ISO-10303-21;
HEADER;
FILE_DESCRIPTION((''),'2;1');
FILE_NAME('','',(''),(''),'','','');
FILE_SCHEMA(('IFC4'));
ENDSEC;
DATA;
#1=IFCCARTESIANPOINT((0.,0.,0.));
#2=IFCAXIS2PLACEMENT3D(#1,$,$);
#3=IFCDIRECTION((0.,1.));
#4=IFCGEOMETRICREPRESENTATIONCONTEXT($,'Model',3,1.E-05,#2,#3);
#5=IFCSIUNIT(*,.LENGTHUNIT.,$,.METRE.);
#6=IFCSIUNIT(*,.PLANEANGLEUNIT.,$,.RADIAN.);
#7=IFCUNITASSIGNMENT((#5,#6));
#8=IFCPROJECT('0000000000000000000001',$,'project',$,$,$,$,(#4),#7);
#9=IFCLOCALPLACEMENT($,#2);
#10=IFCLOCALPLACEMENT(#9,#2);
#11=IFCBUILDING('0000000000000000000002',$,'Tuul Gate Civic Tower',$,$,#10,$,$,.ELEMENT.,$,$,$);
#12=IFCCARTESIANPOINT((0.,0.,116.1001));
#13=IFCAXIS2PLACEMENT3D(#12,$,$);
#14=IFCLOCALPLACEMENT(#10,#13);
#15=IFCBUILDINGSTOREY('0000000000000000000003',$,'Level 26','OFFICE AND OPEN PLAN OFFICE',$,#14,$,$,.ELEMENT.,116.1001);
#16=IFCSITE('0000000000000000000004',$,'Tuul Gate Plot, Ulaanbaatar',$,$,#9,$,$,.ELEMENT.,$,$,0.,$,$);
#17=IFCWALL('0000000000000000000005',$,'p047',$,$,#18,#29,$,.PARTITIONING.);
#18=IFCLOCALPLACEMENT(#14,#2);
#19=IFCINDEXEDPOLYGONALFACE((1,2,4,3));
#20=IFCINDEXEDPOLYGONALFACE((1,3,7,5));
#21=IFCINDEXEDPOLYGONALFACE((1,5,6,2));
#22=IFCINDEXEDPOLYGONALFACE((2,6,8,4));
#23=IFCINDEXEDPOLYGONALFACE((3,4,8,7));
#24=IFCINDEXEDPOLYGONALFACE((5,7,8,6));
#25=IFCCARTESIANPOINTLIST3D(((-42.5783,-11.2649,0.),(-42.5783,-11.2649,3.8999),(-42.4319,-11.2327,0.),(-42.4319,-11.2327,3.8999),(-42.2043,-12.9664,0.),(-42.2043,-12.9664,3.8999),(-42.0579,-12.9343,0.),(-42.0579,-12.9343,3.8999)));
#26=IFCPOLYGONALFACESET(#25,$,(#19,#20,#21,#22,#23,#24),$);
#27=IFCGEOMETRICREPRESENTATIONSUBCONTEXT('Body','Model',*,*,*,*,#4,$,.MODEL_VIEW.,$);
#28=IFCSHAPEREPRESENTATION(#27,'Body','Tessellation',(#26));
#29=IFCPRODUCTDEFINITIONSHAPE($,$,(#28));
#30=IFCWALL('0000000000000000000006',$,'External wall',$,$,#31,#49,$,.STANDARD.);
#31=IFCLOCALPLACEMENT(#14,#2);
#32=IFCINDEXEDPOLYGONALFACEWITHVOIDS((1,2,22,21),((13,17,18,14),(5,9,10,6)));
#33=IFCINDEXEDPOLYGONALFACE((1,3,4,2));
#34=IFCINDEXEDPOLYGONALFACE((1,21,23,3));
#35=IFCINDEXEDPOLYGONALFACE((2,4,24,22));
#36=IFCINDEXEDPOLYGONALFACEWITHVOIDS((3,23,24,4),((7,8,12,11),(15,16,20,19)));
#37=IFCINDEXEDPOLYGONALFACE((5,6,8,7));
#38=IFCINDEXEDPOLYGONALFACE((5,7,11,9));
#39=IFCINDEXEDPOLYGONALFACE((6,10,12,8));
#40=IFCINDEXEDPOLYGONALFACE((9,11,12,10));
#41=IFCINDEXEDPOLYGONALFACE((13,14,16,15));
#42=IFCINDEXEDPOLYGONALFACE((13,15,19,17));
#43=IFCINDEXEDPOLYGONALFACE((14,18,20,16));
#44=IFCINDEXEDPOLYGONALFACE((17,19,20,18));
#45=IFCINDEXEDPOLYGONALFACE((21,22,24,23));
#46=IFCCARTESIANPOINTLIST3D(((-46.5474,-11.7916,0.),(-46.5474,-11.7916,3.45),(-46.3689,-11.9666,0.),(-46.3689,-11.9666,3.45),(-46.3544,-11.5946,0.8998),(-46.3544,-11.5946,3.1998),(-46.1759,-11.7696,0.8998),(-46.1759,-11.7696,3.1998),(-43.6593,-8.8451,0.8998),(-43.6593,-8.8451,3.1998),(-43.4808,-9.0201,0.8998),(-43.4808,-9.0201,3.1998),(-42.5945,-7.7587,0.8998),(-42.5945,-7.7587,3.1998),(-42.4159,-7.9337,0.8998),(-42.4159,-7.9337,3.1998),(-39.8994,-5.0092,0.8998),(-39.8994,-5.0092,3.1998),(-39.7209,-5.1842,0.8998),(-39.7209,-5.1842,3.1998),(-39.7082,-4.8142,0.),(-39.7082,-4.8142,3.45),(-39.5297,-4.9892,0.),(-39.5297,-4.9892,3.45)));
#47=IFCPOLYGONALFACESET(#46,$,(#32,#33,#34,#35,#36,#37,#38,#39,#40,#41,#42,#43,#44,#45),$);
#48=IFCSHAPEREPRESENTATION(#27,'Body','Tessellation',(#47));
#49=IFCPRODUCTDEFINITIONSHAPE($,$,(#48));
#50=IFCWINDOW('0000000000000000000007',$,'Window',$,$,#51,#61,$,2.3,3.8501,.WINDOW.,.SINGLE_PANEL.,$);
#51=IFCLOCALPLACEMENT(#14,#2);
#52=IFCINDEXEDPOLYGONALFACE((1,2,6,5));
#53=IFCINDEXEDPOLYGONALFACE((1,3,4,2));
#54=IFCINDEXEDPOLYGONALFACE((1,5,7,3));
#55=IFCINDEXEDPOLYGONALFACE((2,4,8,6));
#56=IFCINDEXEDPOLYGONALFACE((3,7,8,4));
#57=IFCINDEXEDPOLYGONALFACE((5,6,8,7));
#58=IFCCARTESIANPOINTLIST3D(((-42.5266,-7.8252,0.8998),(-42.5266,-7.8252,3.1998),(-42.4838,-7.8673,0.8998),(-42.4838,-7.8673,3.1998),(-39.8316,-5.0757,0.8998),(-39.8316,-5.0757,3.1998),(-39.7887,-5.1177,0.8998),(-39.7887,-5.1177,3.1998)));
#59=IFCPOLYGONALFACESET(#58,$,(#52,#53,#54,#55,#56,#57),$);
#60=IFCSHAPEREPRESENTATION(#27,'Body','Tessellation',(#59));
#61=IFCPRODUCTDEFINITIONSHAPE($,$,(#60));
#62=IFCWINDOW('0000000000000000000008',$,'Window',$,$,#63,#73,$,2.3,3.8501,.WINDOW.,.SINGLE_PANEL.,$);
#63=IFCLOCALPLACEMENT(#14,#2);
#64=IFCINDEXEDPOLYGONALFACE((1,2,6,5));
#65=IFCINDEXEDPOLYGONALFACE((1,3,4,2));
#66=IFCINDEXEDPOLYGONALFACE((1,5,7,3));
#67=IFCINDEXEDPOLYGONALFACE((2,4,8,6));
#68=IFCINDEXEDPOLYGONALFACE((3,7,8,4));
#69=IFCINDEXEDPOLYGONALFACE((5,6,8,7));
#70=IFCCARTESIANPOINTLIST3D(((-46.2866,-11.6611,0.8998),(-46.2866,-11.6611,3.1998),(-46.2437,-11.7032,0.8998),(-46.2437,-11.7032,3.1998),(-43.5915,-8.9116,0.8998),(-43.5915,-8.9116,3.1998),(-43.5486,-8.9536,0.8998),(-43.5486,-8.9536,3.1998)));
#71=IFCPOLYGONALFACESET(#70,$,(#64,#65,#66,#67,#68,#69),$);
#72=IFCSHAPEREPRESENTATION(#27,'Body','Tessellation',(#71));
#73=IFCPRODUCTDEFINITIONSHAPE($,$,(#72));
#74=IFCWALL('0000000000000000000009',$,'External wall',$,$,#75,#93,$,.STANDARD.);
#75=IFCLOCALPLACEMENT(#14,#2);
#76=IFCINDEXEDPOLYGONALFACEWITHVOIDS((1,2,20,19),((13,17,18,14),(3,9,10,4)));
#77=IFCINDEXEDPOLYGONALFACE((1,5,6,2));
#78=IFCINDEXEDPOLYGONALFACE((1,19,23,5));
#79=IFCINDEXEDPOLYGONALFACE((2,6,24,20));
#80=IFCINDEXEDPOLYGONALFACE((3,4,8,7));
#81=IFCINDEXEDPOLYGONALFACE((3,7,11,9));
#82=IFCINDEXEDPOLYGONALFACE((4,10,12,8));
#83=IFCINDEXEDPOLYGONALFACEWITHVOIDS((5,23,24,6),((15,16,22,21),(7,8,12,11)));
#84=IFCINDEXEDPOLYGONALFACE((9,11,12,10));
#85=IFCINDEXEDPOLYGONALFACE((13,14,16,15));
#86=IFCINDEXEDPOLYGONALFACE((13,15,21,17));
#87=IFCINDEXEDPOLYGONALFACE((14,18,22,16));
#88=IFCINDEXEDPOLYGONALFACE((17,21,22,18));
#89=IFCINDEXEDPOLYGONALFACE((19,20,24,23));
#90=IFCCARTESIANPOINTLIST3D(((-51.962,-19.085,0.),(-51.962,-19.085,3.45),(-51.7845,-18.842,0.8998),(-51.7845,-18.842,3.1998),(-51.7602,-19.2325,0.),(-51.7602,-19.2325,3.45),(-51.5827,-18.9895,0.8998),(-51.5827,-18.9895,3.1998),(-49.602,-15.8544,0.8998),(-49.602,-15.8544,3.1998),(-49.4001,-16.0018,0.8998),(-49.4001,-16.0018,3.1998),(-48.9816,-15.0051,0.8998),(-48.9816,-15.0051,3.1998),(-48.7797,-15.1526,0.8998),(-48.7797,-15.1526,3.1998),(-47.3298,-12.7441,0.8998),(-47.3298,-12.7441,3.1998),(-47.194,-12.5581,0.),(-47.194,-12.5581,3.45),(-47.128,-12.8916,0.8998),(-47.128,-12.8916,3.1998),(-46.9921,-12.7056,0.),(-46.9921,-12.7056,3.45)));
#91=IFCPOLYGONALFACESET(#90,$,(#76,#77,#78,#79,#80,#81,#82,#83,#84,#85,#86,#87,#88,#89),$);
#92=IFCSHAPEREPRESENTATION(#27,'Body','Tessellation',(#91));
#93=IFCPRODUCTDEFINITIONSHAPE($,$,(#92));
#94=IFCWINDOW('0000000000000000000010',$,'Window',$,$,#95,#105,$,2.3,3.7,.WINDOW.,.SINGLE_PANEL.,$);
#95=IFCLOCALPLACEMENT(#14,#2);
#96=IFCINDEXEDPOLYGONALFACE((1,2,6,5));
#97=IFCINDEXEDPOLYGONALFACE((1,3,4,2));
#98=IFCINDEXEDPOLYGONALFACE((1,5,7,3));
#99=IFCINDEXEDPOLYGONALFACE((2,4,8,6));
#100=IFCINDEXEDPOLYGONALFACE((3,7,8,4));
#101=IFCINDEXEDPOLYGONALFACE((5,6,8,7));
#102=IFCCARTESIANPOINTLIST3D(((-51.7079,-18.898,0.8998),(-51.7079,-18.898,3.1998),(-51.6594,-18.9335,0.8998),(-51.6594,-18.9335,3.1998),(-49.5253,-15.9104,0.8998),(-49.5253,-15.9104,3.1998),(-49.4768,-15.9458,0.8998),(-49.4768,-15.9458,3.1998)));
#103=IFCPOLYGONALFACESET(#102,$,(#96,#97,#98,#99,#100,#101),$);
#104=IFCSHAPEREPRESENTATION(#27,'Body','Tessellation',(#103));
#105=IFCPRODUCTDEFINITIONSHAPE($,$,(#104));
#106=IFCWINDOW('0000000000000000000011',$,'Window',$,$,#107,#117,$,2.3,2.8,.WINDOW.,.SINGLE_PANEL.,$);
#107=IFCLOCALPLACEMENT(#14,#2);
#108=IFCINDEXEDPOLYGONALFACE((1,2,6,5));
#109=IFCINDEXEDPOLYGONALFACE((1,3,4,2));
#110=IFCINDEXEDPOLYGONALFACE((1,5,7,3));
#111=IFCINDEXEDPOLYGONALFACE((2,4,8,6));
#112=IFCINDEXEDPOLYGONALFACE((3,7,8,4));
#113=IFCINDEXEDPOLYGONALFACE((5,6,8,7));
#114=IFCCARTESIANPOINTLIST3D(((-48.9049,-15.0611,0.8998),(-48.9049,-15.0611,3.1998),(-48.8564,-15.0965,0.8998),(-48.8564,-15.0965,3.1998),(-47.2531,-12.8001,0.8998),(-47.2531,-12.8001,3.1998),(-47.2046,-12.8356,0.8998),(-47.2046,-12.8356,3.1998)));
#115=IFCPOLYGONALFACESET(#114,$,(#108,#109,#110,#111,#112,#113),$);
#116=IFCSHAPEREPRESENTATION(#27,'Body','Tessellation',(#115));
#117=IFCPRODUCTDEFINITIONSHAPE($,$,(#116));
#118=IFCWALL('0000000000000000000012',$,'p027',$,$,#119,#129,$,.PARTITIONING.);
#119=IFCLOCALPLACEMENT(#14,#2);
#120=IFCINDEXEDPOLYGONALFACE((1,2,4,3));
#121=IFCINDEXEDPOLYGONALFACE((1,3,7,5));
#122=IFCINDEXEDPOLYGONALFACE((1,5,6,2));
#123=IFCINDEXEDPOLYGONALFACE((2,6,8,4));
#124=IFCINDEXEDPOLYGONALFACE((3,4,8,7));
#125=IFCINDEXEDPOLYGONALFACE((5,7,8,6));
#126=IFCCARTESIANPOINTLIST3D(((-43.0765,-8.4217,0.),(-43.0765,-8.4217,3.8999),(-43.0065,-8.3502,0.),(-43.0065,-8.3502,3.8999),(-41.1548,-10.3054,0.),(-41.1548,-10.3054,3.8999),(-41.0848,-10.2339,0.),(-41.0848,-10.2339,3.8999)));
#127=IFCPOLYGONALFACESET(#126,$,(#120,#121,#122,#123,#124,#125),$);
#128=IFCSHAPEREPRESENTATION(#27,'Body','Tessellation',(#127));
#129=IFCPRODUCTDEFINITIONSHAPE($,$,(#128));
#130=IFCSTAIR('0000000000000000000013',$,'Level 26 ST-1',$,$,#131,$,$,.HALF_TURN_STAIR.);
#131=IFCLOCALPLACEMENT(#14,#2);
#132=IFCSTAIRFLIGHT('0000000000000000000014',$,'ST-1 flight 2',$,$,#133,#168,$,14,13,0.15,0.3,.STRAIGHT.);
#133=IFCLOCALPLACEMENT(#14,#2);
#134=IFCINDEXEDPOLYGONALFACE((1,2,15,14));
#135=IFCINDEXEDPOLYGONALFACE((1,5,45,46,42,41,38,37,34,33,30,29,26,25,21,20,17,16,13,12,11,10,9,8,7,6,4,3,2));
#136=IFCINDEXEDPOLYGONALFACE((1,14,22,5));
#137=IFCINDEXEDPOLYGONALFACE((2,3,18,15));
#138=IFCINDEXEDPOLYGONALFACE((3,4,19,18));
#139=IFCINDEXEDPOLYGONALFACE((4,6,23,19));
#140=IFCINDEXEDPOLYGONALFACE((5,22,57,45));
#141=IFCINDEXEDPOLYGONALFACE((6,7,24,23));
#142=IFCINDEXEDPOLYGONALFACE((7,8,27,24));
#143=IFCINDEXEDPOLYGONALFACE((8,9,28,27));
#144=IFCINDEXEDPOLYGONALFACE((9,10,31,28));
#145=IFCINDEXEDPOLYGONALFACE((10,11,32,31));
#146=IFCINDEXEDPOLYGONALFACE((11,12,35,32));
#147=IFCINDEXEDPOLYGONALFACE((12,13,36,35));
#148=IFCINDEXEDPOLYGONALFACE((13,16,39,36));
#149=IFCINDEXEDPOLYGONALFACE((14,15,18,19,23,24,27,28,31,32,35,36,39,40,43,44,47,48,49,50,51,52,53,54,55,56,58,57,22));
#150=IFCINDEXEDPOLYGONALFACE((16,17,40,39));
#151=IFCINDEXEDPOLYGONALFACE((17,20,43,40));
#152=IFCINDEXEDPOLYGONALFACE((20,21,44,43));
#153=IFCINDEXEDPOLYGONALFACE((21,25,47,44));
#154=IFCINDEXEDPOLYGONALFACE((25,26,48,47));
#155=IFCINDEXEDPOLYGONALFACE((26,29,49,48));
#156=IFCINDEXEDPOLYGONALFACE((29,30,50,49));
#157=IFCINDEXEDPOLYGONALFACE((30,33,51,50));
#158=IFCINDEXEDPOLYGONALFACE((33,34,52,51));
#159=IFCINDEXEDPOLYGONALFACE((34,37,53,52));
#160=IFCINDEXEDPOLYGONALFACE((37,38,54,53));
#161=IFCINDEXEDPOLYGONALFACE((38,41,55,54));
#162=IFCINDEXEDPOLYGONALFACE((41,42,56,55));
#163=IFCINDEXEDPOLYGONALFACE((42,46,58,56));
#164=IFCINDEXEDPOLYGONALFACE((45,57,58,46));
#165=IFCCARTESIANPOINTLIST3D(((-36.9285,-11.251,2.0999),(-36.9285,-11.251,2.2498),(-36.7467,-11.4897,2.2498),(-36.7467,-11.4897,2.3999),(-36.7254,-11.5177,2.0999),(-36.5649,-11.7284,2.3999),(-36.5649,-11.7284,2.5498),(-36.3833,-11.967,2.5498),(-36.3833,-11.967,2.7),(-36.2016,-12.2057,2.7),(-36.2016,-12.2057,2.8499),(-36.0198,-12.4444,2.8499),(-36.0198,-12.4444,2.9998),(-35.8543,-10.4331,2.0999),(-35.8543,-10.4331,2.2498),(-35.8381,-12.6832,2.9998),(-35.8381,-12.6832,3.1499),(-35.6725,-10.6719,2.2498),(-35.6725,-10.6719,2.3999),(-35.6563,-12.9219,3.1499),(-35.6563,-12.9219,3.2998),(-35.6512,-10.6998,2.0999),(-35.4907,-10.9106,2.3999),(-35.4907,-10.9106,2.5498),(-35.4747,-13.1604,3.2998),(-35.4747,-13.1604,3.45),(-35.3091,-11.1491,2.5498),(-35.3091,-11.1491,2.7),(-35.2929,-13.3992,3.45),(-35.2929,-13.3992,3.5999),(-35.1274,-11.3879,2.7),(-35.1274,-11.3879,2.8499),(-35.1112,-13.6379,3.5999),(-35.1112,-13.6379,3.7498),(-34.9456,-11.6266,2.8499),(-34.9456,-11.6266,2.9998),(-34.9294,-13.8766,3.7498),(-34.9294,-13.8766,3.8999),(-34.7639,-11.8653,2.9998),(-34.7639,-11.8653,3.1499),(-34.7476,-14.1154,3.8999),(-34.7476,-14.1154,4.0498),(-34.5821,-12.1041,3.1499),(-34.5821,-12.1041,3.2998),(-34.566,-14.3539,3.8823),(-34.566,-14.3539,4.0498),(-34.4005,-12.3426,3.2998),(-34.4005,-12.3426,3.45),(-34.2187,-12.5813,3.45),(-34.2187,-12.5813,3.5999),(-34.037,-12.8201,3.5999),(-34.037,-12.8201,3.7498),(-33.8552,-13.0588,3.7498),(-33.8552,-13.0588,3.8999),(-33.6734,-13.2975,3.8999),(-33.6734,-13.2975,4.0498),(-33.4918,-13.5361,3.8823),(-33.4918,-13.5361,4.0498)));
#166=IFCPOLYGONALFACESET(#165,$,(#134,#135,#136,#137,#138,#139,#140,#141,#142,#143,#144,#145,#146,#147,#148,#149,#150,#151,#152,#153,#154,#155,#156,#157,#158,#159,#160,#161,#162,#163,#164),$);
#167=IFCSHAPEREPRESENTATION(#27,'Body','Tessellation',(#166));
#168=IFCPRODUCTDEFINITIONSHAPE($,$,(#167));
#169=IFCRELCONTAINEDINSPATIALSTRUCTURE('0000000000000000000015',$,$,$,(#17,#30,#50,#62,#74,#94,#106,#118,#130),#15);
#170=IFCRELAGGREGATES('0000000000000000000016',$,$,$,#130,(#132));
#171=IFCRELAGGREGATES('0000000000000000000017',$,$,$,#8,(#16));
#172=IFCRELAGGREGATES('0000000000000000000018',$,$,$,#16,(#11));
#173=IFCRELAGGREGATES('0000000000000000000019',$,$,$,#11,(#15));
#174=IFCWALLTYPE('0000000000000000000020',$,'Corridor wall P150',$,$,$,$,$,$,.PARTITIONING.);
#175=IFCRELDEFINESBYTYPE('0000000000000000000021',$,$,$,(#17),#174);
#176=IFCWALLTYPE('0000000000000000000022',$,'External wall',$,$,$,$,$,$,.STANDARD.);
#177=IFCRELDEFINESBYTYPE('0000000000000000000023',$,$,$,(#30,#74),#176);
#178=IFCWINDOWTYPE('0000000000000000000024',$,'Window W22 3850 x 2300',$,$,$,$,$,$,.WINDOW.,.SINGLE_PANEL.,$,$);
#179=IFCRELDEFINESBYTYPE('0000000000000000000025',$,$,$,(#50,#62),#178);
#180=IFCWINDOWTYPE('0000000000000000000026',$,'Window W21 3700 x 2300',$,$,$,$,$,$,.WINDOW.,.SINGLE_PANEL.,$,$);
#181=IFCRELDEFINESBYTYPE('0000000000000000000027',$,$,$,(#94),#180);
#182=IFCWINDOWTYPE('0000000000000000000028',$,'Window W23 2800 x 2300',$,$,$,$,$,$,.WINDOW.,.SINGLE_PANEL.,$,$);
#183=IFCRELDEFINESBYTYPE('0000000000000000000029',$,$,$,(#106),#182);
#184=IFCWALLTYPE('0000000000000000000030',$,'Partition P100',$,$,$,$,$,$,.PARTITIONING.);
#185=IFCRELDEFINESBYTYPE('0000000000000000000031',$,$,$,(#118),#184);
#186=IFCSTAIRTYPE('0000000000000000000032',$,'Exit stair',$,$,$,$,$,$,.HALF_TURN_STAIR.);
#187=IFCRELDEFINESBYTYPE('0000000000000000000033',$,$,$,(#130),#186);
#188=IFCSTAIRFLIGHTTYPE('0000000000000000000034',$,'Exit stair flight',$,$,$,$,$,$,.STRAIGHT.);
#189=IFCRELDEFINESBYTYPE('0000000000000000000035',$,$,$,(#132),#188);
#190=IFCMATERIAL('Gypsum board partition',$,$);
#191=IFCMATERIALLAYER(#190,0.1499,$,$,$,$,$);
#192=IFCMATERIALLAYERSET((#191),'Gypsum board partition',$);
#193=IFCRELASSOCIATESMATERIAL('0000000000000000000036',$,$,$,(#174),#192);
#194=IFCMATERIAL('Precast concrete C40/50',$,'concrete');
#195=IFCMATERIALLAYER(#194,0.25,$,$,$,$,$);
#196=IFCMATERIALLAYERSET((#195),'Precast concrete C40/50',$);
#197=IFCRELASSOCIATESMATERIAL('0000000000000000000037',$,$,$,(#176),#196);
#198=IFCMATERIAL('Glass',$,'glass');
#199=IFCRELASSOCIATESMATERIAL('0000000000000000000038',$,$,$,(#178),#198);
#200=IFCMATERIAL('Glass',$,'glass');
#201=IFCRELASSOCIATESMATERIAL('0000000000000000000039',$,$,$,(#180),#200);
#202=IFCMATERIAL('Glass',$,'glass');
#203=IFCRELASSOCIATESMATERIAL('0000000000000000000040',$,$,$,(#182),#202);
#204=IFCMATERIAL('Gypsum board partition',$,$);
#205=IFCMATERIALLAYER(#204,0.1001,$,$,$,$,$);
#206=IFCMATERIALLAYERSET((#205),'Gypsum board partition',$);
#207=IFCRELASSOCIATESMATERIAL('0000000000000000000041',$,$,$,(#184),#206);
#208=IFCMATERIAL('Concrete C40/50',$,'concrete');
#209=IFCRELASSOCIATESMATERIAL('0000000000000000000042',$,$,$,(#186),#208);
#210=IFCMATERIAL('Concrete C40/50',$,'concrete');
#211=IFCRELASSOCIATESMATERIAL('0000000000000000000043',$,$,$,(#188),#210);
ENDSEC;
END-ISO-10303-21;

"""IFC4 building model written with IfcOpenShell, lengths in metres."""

from ifc_helpers import new_model, si_unit, direction, frame, frame_2d, origin, place, context, subcontext, project, spatial, polyline, rectangle, outline, extrude, material, layer, layer_set, type_object, element, fill, aggregate, save


model = new_model("IFC4")

# Units and contexts
model_context = context("Model", 3, precision=1e-05, world=origin(), true_north=direction((0.0, 1.0)))
body_context = subcontext(model_context, "Body", "Model", "MODEL_VIEW")
ifc_project = project(units=[si_unit("LENGTHUNIT", "METRE"), si_unit("PLANEANGLEUNIT", "RADIAN")], contexts=[model_context])

# Site, building, storey
site_placement = place(None, origin())
site = spatial("IfcSite", under=ifc_project, at=site_placement, Name="Tuul Gate Plot, Ulaanbaatar", CompositionType="ELEMENT", RefElevation=0.0)
building_placement = place(site_placement, origin())
building = spatial("IfcBuilding", under=site, at=building_placement, Name="Tuul Gate Civic Tower", CompositionType="ELEMENT")
storey_placement = place(building_placement, frame((0.0, 0.0, 116.1001)))
storey = spatial("IfcBuildingStorey", under=building, at=storey_placement, Name="Level 26", Description="OFFICE AND OPEN PLAN OFFICE", CompositionType="ELEMENT", Elevation=116.1001)

# Wall
ifc_material_1 = material(Name="Gypsum board partition")
ifc_layer_1 = layer(ifc_material_1, 0.1499)
ifc_layer_set_1 = layer_set([ifc_layer_1], Name="Gypsum board partition")
wall_type_1 = type_object("IfcWallType", Name="Corridor wall P150", PredefinedType="PARTITIONING", material=ifc_layer_set_1)
wall_1_placement = place(storey_placement, frame((-42.5051, -11.2488, 0.0), z_axis=(0.0, 0.0, 1.0), x_axis=(0.214675, -0.976686, 0.0)))
element("IfcWall", 1, at=wall_1_placement, inside=storey, type_object=wall_type_1, Name="p047", PredefinedType="PARTITIONING", context=body_context, shape_type="SweptSolid", body=[
    extrude(rectangle(XDim=1.7422, YDim=0.1499, at=frame_2d((0.8711, 0.0))), origin(), (0.0, 0.0, 1.0), 3.8999),
])

# Walls, openings, windows
ifc_material_2 = material(Name="Precast concrete C40/50", Category="concrete")
ifc_layer_2 = layer(ifc_material_2, 0.25)
ifc_layer_set_2 = layer_set([ifc_layer_2], Name="Precast concrete C40/50")
wall_type_2 = type_object("IfcWallType", Name="External wall", PredefinedType="STANDARD", material=ifc_layer_set_2)
wall_2_placement = place(storey_placement, frame((-39.6189, -4.9016, 0.0), z_axis=(0.0, 0.0, 1.0), x_axis=(-0.7, -0.714143, 0.0)))
wall_2 = element("IfcWall", 2, at=wall_2_placement, inside=storey, type_object=wall_type_2, Name="External wall", PredefinedType="STANDARD", context=body_context, shape_type="SweptSolid", body=[
    extrude(rectangle(XDim=9.7703, YDim=0.25, at=frame_2d((4.8853, 0.0))), origin(), (0.0, 0.0, 1.0), 3.45),
])
opening_1_placement = place(wall_2_placement, frame((0.2732, 0.0, 0.8999)))
opening_1 = element("IfcOpeningElement", 3, at=opening_1_placement, cuts=wall_2, PredefinedType="OPENING", context=body_context, shape_type="SweptSolid", body=[
    extrude(rectangle(XDim=3.8501, YDim=2.3, at=frame_2d((1.925, 1.1499))), frame((0.0, 0.135, 0.0), z_axis=(0.0, -1.0, 0.0), x_axis=(1.0, 0.0, 0.0)), (0.0, 0.0, 1.0), 0.27),
])
opening_2_placement = place(wall_2_placement, frame((5.6445, 0.0, 0.8999)))
opening_2 = element("IfcOpeningElement", 4, at=opening_2_placement, cuts=wall_2, PredefinedType="OPENING", context=body_context, shape_type="SweptSolid", body=[
    extrude(rectangle(XDim=3.8501, YDim=2.3, at=frame_2d((1.925, 1.1499))), frame((0.0, 0.135, 0.0), z_axis=(0.0, -1.0, 0.0), x_axis=(1.0, 0.0, 0.0)), (0.0, 0.0, 1.0), 0.27),
])
ifc_material_3 = material(Name="Glass", Category="glass")
window_type_1 = type_object("IfcWindowType", Name="Window W22 3850 x 2300", PartitioningType="SINGLE_PANEL", PredefinedType="WINDOW", material=ifc_material_3)
window_1_placement = place(opening_1_placement, origin())
window_1 = element("IfcWindow", 5, at=window_1_placement, inside=storey, type_object=window_type_1, Name="Window", OverallHeight=2.3, OverallWidth=3.8501, PartitioningType="SINGLE_PANEL", PredefinedType="WINDOW", context=body_context, shape_type="SweptSolid", body=[
    extrude(rectangle(XDim=3.8501, YDim=2.3, at=frame_2d((1.925, 1.1499))), frame((0.0, 0.03, 0.0), z_axis=(0.0, -1.0, 0.0), x_axis=(1.0, 0.0, 0.0)), (0.0, 0.0, 1.0), 0.0601),
])
fill(opening_1, window_1)
window_2_placement = place(opening_2_placement, origin())
window_2 = element("IfcWindow", 6, at=window_2_placement, inside=storey, type_object=window_type_1, Name="Window", OverallHeight=2.3, OverallWidth=3.8501, PartitioningType="SINGLE_PANEL", PredefinedType="WINDOW", context=body_context, shape_type="SweptSolid", body=[
    extrude(rectangle(XDim=3.8501, YDim=2.3, at=frame_2d((1.925, 1.1499))), frame((0.0, 0.03, 0.0), z_axis=(0.0, -1.0, 0.0), x_axis=(1.0, 0.0, 0.0)), (0.0, 0.0, 1.0), 0.0601),
])
fill(opening_2, window_2)
wall_3_placement = place(storey_placement, frame((-47.093, -12.6318, 0.0), z_axis=(0.0, 0.0, 1.0), x_axis=(-0.589891, -0.807483, 0.0)))
wall_3 = element("IfcWall", 7, at=wall_3_placement, inside=storey, type_object=wall_type_2, Name="External wall", PredefinedType="STANDARD", context=body_context, shape_type="SweptSolid", body=[
    extrude(rectangle(XDim=8.083, YDim=0.25, at=frame_2d((4.0415, 0.0))), origin(), (0.0, 0.0, 1.0), 3.45),
])
opening_3_placement = place(wall_3_placement, frame((0.2305, 0.0, 0.8999)))
opening_3 = element("IfcOpeningElement", 8, at=opening_3_placement, cuts=wall_3, PredefinedType="OPENING", context=body_context, shape_type="SweptSolid", body=[
    extrude(rectangle(XDim=2.8, YDim=2.3, at=frame_2d((1.3999, 1.1499))), frame((0.0, 0.135, 0.0), z_axis=(0.0, -1.0, 0.0), x_axis=(1.0, 0.0, 0.0)), (0.0, 0.0, 1.0), 0.27),
])
opening_4_placement = place(wall_3_placement, frame((4.082, 0.0, 0.8999)))
opening_4 = element("IfcOpeningElement", 9, at=opening_4_placement, cuts=wall_3, PredefinedType="OPENING", context=body_context, shape_type="SweptSolid", body=[
    extrude(rectangle(XDim=3.7, YDim=2.3, at=frame_2d((1.8501, 1.1499))), frame((0.0, 0.135, 0.0), z_axis=(0.0, -1.0, 0.0), x_axis=(1.0, 0.0, 0.0)), (0.0, 0.0, 1.0), 0.27),
])
ifc_material_4 = material(Name="Glass", Category="glass")
window_type_2 = type_object("IfcWindowType", Name="Window W21 3700 x 2300", PartitioningType="SINGLE_PANEL", PredefinedType="WINDOW", material=ifc_material_4)
window_3_placement = place(opening_4_placement, origin())
window_3 = element("IfcWindow", 10, at=window_3_placement, inside=storey, type_object=window_type_2, Name="Window", OverallHeight=2.3, OverallWidth=3.7, PartitioningType="SINGLE_PANEL", PredefinedType="WINDOW", context=body_context, shape_type="SweptSolid", body=[
    extrude(rectangle(XDim=3.7, YDim=2.3, at=frame_2d((1.8501, 1.1499))), frame((0.0, 0.03, 0.0), z_axis=(0.0, -1.0, 0.0), x_axis=(1.0, 0.0, 0.0)), (0.0, 0.0, 1.0), 0.0601),
])
fill(opening_4, window_3)
ifc_material_5 = material(Name="Glass", Category="glass")
window_type_3 = type_object("IfcWindowType", Name="Window W23 2800 x 2300", PartitioningType="SINGLE_PANEL", PredefinedType="WINDOW", material=ifc_material_5)
window_4_placement = place(opening_3_placement, origin())
window_4 = element("IfcWindow", 11, at=window_4_placement, inside=storey, type_object=window_type_3, Name="Window", OverallHeight=2.3, OverallWidth=2.8, PartitioningType="SINGLE_PANEL", PredefinedType="WINDOW", context=body_context, shape_type="SweptSolid", body=[
    extrude(rectangle(XDim=2.8, YDim=2.3, at=frame_2d((1.3999, 1.1499))), frame((0.0, 0.03, 0.0), z_axis=(0.0, -1.0, 0.0), x_axis=(1.0, 0.0, 0.0)), (0.0, 0.0, 1.0), 0.0601),
])
fill(opening_3, window_4)

# Wall
ifc_material_6 = material(Name="Gypsum board partition")
ifc_layer_3 = layer(ifc_material_6, 0.1001)
ifc_layer_set_3 = layer_set([ifc_layer_3], Name="Gypsum board partition")
wall_type_3 = type_object("IfcWallType", Name="Partition P100", PredefinedType="PARTITIONING", material=ifc_layer_set_3)
wall_4_placement = place(storey_placement, frame((-43.0415, -8.386, 0.0), z_axis=(0.0, 0.0, 1.0), x_axis=(0.714148, -0.699994, 0.0)))
element("IfcWall", 12, at=wall_4_placement, inside=storey, type_object=wall_type_3, Name="p027", PredefinedType="PARTITIONING", context=body_context, shape_type="SweptSolid", body=[
    extrude(rectangle(XDim=2.6909, YDim=0.1001, at=frame_2d((1.3455, 0.0))), origin(), (0.0, 0.0, 1.0), 3.8999),
])

# Stair, stair flight
ifc_material_7 = material(Name="Concrete C40/50", Category="concrete")
stair_type = type_object("IfcStairType", Name="Exit stair", PredefinedType="HALF_TURN_STAIR", material=ifc_material_7)
stair_placement = place(storey_placement, origin())
stair = element("IfcStair", 13, at=stair_placement, inside=storey, type_object=stair_type, Name="Level 26 ST-1", PredefinedType="HALF_TURN_STAIR")
ifc_material_8 = material(Name="Concrete C40/50", Category="concrete")
stair_flight_type = type_object("IfcStairFlightType", Name="Exit stair flight", PredefinedType="STRAIGHT", material=ifc_material_8)
stair_flight_placement = place(storey_placement, frame((-36.3914, -10.842, 2.0999), z_axis=(0.0, 0.0, 1.0), x_axis=(0.605764, -0.795644, 0.0)))
stair_flight = element("IfcStairFlight", 14, at=stair_flight_placement, type_object=stair_flight_type, Name="ST-1 flight 2", NumberOfRisers=14, NumberOfTreads=13, PredefinedType="STRAIGHT", RiserHeight=0.15, TreadLength=0.3, context=body_context, shape_type="SweptSolid", body=[
    extrude(outline(polyline([(0.0, 0.0), (0.0, 0.1499), (0.3, 0.1499), (0.3, 0.3), (0.6001, 0.3), (0.6001, 0.45), (0.8999, 0.45), (0.8999, 0.6001), (1.2, 0.6001), (1.2, 0.75), (1.5, 0.75), (1.5, 0.8999), (1.8, 0.8999), (1.8, 1.05), (2.1001, 1.05), (2.1001, 1.2), (2.3999, 1.2), (2.3999, 1.3501), (2.7, 1.3501), (2.7, 1.5), (3.0, 1.5), (3.0, 1.6499), (3.3, 1.6499), (3.3, 1.8), (3.6001, 1.8), (3.6001, 1.95), (3.8999, 1.95), (3.8999, 2.1001), (3.8999, 1.7825), (0.3352, 0.0), (0.0, 0.0)])), frame((0.0, 0.675, 0.0), z_axis=(0.0, -1.0, 0.0), x_axis=(1.0, 0.0, 0.0)), (0.0, 0.0, 1.0), 1.3501),
])
aggregate(stair, [stair_flight])

save(model, "model.ifc")
